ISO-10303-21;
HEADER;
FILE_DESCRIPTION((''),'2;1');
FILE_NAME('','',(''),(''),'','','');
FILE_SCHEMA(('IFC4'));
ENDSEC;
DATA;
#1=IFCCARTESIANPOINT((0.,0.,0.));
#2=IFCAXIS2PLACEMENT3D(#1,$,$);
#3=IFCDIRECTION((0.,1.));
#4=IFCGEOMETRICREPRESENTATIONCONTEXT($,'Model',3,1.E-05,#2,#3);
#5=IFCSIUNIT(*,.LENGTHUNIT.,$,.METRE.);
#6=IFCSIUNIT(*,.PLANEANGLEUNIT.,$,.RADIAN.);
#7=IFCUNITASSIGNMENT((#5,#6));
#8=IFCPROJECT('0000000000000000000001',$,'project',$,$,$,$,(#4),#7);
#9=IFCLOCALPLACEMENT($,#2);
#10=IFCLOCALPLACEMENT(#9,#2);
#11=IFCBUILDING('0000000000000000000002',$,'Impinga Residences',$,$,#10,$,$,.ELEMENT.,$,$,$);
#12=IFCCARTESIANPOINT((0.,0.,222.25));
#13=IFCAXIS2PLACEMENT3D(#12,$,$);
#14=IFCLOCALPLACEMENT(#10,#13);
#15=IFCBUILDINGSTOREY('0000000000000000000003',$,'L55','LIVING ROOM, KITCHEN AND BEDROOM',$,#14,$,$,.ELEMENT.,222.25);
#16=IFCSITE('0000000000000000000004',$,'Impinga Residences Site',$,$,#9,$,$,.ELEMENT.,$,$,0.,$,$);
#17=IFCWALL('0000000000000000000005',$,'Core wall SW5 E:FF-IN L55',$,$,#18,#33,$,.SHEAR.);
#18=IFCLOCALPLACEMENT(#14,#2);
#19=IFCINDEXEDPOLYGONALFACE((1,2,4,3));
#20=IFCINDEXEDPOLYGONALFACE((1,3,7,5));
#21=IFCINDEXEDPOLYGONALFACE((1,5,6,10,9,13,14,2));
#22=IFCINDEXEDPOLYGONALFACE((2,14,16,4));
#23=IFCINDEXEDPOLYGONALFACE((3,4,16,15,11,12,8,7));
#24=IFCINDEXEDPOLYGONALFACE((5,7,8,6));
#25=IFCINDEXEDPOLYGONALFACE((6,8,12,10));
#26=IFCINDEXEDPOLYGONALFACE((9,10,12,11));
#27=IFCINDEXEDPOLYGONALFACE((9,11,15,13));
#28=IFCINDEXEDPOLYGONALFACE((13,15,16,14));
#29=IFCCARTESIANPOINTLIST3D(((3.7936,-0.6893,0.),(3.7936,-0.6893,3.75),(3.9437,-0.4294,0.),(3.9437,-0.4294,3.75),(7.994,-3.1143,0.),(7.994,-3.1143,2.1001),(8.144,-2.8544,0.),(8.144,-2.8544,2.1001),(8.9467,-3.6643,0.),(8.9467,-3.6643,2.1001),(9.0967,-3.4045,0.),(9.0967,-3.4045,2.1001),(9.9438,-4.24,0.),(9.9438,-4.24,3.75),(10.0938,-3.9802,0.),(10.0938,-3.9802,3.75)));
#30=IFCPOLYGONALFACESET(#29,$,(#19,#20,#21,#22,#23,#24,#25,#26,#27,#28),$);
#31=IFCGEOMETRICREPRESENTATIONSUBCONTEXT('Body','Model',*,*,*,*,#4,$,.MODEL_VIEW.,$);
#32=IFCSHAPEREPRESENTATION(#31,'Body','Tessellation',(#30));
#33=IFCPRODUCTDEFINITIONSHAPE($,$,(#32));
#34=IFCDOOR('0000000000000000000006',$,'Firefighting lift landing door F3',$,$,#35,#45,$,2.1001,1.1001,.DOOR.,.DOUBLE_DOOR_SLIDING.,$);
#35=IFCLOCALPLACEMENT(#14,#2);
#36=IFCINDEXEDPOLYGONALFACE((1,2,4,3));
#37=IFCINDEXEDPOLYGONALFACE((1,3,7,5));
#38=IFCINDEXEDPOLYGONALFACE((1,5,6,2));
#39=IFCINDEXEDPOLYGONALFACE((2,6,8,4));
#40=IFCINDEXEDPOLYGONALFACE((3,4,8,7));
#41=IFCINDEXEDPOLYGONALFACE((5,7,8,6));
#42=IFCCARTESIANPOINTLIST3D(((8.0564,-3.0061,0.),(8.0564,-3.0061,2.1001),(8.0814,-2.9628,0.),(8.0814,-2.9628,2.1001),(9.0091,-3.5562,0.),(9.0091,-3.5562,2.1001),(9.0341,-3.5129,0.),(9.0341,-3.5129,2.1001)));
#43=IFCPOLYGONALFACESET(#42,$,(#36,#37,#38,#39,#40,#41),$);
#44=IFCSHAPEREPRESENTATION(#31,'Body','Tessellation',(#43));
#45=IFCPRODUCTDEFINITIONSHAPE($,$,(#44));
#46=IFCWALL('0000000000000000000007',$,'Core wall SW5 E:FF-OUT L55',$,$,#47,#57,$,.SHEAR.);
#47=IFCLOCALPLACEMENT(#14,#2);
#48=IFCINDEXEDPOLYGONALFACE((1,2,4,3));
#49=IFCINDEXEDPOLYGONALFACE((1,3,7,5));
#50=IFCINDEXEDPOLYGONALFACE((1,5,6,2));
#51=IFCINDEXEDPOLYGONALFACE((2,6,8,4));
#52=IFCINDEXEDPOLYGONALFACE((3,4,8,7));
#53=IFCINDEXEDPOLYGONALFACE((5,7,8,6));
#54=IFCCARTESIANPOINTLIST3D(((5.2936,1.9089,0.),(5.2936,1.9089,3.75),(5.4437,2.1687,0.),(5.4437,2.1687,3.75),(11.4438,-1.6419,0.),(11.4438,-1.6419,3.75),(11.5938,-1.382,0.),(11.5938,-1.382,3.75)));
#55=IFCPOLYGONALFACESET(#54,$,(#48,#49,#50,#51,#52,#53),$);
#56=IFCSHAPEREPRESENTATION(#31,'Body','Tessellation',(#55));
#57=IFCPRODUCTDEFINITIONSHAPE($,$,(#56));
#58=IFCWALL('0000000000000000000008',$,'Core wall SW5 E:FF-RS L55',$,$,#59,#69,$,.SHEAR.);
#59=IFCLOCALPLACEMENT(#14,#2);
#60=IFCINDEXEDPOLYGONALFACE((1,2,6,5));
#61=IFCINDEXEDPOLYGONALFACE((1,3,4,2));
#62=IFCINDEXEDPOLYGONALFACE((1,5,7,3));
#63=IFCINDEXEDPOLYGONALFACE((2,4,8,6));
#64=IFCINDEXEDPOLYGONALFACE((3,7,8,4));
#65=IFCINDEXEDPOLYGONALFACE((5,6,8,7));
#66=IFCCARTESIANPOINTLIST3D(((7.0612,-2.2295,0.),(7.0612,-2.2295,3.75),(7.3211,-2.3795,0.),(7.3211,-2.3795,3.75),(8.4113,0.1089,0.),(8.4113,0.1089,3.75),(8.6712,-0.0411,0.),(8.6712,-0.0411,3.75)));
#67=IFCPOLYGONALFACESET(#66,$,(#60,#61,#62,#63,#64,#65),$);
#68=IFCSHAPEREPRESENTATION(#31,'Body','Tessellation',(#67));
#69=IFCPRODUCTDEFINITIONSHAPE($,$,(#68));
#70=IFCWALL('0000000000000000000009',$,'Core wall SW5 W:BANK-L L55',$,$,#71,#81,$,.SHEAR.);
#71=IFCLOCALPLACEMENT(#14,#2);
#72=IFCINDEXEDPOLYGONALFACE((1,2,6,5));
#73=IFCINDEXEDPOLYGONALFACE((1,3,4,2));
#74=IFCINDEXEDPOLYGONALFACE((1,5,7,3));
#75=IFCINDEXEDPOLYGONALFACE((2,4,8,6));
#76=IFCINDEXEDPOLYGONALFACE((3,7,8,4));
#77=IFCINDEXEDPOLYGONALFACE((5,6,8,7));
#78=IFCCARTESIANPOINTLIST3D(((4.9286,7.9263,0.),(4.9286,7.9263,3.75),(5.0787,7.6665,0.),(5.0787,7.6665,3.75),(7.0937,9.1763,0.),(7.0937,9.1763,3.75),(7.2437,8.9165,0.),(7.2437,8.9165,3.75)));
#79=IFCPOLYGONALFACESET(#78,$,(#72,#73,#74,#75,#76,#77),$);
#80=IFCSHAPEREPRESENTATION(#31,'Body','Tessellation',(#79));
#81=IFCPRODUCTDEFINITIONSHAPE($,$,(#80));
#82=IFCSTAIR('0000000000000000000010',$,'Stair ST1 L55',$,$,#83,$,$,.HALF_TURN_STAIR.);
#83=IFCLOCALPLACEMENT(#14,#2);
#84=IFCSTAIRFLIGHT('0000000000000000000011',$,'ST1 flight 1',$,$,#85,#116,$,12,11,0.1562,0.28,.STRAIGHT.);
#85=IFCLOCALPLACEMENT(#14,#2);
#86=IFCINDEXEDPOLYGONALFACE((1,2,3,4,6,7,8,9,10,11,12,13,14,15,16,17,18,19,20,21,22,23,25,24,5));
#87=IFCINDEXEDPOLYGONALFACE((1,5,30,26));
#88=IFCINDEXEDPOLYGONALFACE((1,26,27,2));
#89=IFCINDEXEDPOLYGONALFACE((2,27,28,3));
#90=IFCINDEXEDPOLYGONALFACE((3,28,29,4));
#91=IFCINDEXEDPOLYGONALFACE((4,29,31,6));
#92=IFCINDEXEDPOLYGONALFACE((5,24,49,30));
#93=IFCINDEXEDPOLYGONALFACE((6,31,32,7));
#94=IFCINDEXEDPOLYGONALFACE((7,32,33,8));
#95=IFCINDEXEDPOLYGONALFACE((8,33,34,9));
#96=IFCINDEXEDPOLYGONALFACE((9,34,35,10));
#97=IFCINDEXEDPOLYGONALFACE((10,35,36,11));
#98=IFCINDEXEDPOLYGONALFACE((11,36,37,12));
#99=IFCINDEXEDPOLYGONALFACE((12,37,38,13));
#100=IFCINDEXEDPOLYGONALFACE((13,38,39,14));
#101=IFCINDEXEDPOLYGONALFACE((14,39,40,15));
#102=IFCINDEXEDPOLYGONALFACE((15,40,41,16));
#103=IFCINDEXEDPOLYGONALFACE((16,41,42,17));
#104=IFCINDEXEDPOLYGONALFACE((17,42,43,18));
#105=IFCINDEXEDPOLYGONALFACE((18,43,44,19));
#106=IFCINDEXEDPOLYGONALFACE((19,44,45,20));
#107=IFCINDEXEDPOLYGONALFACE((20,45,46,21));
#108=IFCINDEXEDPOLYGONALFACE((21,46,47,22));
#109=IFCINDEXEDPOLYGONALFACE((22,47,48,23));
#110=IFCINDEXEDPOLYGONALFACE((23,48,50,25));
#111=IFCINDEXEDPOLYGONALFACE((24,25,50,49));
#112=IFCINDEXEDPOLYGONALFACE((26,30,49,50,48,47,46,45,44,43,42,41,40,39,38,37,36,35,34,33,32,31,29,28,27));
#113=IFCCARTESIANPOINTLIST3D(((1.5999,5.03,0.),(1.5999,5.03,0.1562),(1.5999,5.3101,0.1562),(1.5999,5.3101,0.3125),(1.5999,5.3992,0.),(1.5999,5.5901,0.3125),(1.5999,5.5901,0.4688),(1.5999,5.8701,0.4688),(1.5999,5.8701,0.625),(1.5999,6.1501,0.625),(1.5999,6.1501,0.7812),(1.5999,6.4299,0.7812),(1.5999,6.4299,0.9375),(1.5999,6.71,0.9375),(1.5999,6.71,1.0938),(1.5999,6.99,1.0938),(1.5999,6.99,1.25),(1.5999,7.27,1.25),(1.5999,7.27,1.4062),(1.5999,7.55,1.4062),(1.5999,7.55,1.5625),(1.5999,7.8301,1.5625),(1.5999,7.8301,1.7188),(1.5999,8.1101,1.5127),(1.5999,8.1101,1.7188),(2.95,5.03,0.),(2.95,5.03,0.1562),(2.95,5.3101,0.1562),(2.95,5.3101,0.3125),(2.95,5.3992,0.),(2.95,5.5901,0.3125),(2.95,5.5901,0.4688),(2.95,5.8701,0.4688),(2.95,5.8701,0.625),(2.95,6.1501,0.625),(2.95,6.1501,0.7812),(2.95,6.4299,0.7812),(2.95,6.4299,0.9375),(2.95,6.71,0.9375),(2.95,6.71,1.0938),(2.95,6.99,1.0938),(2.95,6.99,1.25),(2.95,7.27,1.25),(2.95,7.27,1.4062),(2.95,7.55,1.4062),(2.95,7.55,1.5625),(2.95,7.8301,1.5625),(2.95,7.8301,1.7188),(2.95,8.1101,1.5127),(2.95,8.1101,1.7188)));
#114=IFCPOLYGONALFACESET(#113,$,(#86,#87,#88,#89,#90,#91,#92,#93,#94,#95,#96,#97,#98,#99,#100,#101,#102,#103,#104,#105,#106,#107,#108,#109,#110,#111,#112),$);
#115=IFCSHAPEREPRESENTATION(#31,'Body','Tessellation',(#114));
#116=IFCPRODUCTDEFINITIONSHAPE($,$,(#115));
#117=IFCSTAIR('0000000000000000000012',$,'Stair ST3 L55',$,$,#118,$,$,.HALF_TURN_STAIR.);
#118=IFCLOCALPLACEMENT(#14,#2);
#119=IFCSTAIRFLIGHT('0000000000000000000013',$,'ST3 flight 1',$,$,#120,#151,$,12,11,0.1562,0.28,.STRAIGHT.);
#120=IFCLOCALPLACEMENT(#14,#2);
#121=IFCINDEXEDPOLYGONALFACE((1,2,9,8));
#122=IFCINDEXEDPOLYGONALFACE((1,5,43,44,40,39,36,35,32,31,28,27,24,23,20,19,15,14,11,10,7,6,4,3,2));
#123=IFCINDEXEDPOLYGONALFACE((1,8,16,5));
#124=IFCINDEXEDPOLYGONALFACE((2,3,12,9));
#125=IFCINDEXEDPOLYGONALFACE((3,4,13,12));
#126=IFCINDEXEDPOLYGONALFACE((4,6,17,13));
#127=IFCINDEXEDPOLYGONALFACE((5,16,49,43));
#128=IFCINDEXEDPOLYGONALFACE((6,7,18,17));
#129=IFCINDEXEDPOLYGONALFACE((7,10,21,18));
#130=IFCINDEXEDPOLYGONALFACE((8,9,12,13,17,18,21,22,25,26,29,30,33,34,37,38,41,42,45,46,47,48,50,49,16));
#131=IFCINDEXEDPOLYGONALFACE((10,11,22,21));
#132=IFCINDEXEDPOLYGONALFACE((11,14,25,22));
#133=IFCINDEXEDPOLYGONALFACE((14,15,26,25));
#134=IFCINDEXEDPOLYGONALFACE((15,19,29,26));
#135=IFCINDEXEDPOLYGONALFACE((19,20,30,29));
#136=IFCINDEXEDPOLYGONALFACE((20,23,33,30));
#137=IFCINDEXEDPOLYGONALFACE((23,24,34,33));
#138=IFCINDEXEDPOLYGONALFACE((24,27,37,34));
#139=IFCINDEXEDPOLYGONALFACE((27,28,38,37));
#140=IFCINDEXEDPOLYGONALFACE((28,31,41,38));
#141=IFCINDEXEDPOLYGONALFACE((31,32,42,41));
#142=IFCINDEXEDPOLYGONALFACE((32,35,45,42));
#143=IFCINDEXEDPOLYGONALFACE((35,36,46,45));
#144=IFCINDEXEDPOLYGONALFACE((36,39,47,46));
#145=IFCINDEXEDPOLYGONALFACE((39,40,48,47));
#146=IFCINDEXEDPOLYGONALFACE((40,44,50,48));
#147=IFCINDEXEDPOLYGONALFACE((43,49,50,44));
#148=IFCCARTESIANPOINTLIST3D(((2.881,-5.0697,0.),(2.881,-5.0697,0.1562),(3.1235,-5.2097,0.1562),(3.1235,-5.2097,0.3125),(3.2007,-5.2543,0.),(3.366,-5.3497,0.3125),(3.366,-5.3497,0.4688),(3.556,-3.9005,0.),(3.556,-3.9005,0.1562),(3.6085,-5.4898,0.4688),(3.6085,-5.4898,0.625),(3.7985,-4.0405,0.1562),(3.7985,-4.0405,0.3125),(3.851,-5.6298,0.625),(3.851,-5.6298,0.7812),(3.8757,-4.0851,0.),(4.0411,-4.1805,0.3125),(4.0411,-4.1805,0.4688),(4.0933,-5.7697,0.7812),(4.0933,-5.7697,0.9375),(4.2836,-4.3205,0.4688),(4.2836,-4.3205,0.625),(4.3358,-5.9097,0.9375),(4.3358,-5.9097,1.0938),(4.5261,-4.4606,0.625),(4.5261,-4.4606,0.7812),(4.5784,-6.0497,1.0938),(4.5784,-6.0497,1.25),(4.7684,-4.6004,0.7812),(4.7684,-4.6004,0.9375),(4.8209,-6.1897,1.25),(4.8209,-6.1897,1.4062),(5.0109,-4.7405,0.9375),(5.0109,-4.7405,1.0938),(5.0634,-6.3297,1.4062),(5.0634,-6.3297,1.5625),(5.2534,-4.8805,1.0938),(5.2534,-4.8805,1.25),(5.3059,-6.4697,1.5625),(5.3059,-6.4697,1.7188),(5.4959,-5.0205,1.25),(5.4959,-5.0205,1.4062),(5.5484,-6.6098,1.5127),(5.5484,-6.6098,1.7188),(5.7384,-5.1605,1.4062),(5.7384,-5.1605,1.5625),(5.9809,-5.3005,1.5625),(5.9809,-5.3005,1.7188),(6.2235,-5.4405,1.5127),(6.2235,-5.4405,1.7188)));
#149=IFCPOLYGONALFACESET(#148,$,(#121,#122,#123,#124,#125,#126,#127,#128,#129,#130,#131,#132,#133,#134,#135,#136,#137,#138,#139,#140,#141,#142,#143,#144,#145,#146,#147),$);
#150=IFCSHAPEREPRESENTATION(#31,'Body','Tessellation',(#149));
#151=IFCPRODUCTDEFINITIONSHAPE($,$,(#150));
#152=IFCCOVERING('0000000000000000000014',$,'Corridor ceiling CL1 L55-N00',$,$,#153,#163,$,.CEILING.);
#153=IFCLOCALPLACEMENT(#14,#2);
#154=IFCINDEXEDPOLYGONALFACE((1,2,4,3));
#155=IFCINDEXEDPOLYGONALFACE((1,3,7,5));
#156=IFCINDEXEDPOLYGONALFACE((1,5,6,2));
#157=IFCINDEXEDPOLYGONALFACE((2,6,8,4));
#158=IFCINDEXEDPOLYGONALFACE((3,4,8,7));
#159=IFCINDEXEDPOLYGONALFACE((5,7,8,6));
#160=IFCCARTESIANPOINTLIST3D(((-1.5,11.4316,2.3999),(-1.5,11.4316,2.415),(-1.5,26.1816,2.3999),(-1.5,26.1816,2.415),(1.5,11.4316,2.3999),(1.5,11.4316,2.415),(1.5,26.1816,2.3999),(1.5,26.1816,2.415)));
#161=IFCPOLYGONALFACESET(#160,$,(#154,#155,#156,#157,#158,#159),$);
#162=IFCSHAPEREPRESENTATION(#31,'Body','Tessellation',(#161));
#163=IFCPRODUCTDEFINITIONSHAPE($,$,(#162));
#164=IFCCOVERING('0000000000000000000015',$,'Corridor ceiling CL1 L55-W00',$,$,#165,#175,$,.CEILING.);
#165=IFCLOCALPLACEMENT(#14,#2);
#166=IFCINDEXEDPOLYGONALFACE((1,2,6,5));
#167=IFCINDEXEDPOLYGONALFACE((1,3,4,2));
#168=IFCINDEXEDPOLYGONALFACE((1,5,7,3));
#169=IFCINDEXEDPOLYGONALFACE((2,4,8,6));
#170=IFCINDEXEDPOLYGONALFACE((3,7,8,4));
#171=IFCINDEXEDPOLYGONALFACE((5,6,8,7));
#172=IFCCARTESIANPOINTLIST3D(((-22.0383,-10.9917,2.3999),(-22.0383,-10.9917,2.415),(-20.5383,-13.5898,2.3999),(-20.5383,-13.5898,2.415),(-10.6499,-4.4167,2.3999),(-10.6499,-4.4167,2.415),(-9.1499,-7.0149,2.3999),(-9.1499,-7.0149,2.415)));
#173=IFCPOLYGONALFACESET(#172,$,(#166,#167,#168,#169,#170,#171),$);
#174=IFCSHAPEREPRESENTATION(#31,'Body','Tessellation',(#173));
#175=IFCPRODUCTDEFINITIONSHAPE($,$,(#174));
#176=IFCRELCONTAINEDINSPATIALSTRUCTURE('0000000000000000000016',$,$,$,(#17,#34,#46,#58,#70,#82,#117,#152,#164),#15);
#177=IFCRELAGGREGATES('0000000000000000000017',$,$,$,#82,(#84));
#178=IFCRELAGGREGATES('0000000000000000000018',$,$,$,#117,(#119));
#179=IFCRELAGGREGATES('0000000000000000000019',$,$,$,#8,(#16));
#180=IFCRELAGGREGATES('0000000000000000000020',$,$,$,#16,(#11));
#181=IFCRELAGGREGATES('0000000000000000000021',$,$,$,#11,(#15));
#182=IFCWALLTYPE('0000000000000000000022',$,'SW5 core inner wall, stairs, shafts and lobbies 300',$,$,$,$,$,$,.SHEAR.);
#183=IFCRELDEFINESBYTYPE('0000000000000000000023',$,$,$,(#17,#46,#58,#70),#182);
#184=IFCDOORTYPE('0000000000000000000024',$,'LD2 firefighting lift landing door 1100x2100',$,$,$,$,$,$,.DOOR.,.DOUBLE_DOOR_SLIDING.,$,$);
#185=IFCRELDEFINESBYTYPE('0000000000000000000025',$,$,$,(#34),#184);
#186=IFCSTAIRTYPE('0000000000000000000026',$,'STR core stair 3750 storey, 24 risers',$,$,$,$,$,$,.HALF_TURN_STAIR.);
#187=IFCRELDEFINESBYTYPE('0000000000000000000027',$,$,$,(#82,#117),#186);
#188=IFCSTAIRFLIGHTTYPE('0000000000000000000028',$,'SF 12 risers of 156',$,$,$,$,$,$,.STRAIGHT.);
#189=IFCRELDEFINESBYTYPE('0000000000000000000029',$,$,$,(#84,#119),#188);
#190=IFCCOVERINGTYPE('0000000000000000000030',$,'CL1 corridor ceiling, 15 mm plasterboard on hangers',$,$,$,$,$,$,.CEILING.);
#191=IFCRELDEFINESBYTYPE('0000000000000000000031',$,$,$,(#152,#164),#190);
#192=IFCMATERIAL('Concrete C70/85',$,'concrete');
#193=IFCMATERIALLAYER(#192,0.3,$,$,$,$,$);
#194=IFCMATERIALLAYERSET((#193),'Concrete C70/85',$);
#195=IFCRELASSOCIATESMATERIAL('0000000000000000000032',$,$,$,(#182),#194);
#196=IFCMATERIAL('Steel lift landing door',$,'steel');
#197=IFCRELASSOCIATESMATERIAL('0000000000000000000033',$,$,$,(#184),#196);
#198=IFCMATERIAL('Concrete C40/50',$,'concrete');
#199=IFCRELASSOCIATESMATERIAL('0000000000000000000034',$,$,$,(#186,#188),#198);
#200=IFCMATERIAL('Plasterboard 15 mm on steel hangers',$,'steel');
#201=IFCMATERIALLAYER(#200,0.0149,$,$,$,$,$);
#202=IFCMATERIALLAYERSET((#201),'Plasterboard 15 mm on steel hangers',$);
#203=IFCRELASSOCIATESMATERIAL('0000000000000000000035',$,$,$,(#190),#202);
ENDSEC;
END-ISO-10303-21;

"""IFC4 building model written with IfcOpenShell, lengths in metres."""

from ifc_helpers import new_model, si_unit, direction, frame, frame_2d, origin, place, context, subcontext, project, spatial, polyline, rectangle, outline, extrude, material, layer, layer_set, type_object, element, fill, aggregate, save


model = new_model("IFC4")

# Units and contexts
model_context = context("Model", 3, precision=1e-05, world=origin(), true_north=direction((0.0, 1.0)))
body_context = subcontext(model_context, "Body", "Model", "MODEL_VIEW")
ifc_project = project(units=[si_unit("LENGTHUNIT", "METRE"), si_unit("PLANEANGLEUNIT", "RADIAN")], contexts=[model_context])

# Site, building, storey
site_placement = place(None, origin())
site = spatial("IfcSite", under=ifc_project, at=site_placement, Name="Impinga Residences Site", CompositionType="ELEMENT", RefElevation=0.0)
building_placement = place(site_placement, origin())
building = spatial("IfcBuilding", under=site, at=building_placement, Name="Impinga Residences", CompositionType="ELEMENT")
storey_placement = place(building_placement, frame((0.0, 0.0, 222.25)))
storey = spatial("IfcBuildingStorey", under=building, at=storey_placement, Name="L55", Description="LIVING ROOM, KITCHEN AND BEDROOM", CompositionType="ELEMENT", Elevation=222.25)

# Shared definitions
ifc_material_1 = material(Name="Concrete C70/85", Category="concrete")
ifc_layer_1 = layer(ifc_material_1, 0.3)
ifc_layer_set_1 = layer_set([ifc_layer_1], Name="Concrete C70/85")
wall_type_1 = type_object("IfcWallType", Name="SW5 core inner wall, stairs, shafts and lobbies 300", PredefinedType="SHEAR", material=ifc_layer_set_1)

# Wall, opening, door
wall_1_placement = place(storey_placement, frame((3.8687, -0.5593, 0.0), z_axis=(0.0, 0.0, 1.0), x_axis=(0.866026, -0.499999, 0.0)))
wall_1 = element("IfcWall", 1, at=wall_1_placement, inside=storey, type_object=wall_type_1, Name="Core wall SW5 E:FF-IN L55", PredefinedType="SHEAR", context=body_context, shape_type="SweptSolid", body=[
    extrude(rectangle(XDim=7.1016, YDim=0.3, at=frame_2d((3.5508, 0.0))), origin(), (0.0, 0.0, 1.0), 3.75),
])
opening_1_placement = place(wall_1_placement, frame((4.8501, 0.0, 0.0)))
opening_1 = element("IfcOpeningElement", 2, at=opening_1_placement, cuts=wall_1, PredefinedType="OPENING", context=body_context, shape_type="SweptSolid", body=[
    extrude(rectangle(XDim=1.1001, YDim=2.1001, at=frame_2d((0.55, 1.05))), frame((0.0, 0.1599, 0.0), z_axis=(0.0, -1.0, 0.0), x_axis=(1.0, 0.0, 0.0)), (0.0, 0.0, 1.0), 0.3201),
])
ifc_material_2 = material(Name="Steel lift landing door", Category="steel")
door_type_1 = type_object("IfcDoorType", Name="LD2 firefighting lift landing door 1100x2100", OperationType="DOUBLE_DOOR_SLIDING", PredefinedType="DOOR", material=ifc_material_2)
door_1_placement = place(opening_1_placement, origin())
door_1 = element("IfcDoor", 3, at=door_1_placement, inside=storey, type_object=door_type_1, Name="Firefighting lift landing door F3", OperationType="DOUBLE_DOOR_SLIDING", OverallHeight=2.1001, OverallWidth=1.1001, PredefinedType="DOOR", context=body_context, shape_type="SweptSolid", body=[
    extrude(rectangle(XDim=1.1001, YDim=2.1001, at=frame_2d((0.55, 1.05))), frame((0.0, 0.0249, 0.0), z_axis=(0.0, -1.0, 0.0), x_axis=(1.0, 0.0, 0.0)), (0.0, 0.0, 1.0), 0.05),
])
fill(opening_1, door_1)

# Walls
wall_2_placement = place(storey_placement, frame((5.3687, 2.0388, 0.0), z_axis=(0.0, 0.0, 1.0), x_axis=(0.866026, -0.499999, 0.0)))
element("IfcWall", 4, at=wall_2_placement, inside=storey, type_object=wall_type_1, Name="Core wall SW5 E:FF-OUT L55", PredefinedType="SHEAR", context=body_context, shape_type="SweptSolid", body=[
    extrude(rectangle(XDim=7.1016, YDim=0.3, at=frame_2d((3.5508, 0.0))), origin(), (0.0, 0.0, 1.0), 3.75),
])
wall_3_placement = place(storey_placement, frame((8.5413, 0.0339, 0.0), z_axis=(0.0, 0.0, 1.0), x_axis=(-0.500009, -0.86602, 0.0)))
element("IfcWall", 5, at=wall_3_placement, inside=storey, type_object=wall_type_1, Name="Core wall SW5 E:FF-RS L55", PredefinedType="SHEAR", context=body_context, shape_type="SweptSolid", body=[
    extrude(rectangle(XDim=2.7002, YDim=0.3, at=frame_2d((1.3501, 0.0))), origin(), (0.0, 0.0, 1.0), 3.75),
])
wall_4_placement = place(storey_placement, frame((5.0037, 7.7964, 0.0), z_axis=(0.0, 0.0, 1.0), x_axis=(0.866023, 0.500004, 0.0)))
element("IfcWall", 6, at=wall_4_placement, inside=storey, type_object=wall_type_1, Name="Core wall SW5 W:BANK-L L55", PredefinedType="SHEAR", context=body_context, shape_type="SweptSolid", body=[
    extrude(rectangle(XDim=2.5, YDim=0.3, at=frame_2d((1.25, 0.0))), origin(), (0.0, 0.0, 1.0), 3.75),
])

# Stairs, stair flights
ifc_material_3 = material(Name="Concrete C40/50", Category="concrete")
stair_type = type_object("IfcStairType", Name="STR core stair 3750 storey, 24 risers", PredefinedType="HALF_TURN_STAIR", material=ifc_material_3)
stair_1_placement = place(storey_placement, origin())
stair_1 = element("IfcStair", 7, at=stair_1_placement, inside=storey, type_object=stair_type, Name="Stair ST1 L55", PredefinedType="HALF_TURN_STAIR")
stair_flight_type = type_object("IfcStairFlightType", Name="SF 12 risers of 156", PredefinedType="STRAIGHT", material=ifc_material_3)
stair_flight_1_placement = place(storey_placement, frame((2.2749, 5.03, 0.0), z_axis=(0.0, 0.0, 1.0), x_axis=(0.0, 1.0, 0.0)))
stair_flight_1 = element("IfcStairFlight", 8, at=stair_flight_1_placement, type_object=stair_flight_type, Name="ST1 flight 1", NumberOfRisers=12, NumberOfTreads=11, PredefinedType="STRAIGHT", RiserHeight=0.1562, TreadLength=0.28, context=body_context, shape_type="SweptSolid", body=[
    extrude(outline(polyline([(0.0, 0.0), (0.0, 0.1562), (0.28, 0.1562), (0.28, 0.3125), (0.5601, 0.3125), (0.5601, 0.4688), (0.8401, 0.4688), (0.8401, 0.625), (1.1201, 0.625), (1.1201, 0.7812), (1.3999, 0.7812), (1.3999, 0.9375), (1.6799, 0.9375), (1.6799, 1.0938), (1.96, 1.0938), (1.96, 1.25), (2.24, 1.25), (2.24, 1.4062), (2.52, 1.4062), (2.52, 1.5625), (2.8, 1.5625), (2.8, 1.7188), (3.0801, 1.7188), (3.0801, 1.875), (3.0801, 1.5127), (0.3691, 0.0), (0.0, 0.0)])), frame((0.0, 0.675, 0.0), z_axis=(0.0, -1.0, 0.0), x_axis=(1.0, 0.0, 0.0)), (0.0, 0.0, 1.0), 1.3501),
])
aggregate(stair_1, [stair_flight_1])
stair_2_placement = place(storey_placement, origin())
stair_2 = element("IfcStair", 9, at=stair_2_placement, inside=storey, type_object=stair_type, Name="Stair ST3 L55", PredefinedType="HALF_TURN_STAIR")
stair_flight_2_placement = place(storey_placement, frame((3.2185, -4.4851, 0.0), z_axis=(0.0, 0.0, 1.0), x_axis=(0.866025, -0.5, 0.0)))
stair_flight_2 = element("IfcStairFlight", 10, at=stair_flight_2_placement, type_object=stair_flight_type, Name="ST3 flight 1", NumberOfRisers=12, NumberOfTreads=11, PredefinedType="STRAIGHT", RiserHeight=0.1562, TreadLength=0.28, context=body_context, shape_type="SweptSolid", body=[
    extrude(outline(polyline([(0.0, 0.0), (0.0, 0.1562), (0.28, 0.1562), (0.28, 0.3125), (0.5601, 0.3125), (0.5601, 0.4688), (0.8401, 0.4688), (0.8401, 0.625), (1.1201, 0.625), (1.1201, 0.7812), (1.3999, 0.7812), (1.3999, 0.9375), (1.6799, 0.9375), (1.6799, 1.0938), (1.96, 1.0938), (1.96, 1.25), (2.24, 1.25), (2.24, 1.4062), (2.52, 1.4062), (2.52, 1.5625), (2.8, 1.5625), (2.8, 1.7188), (3.0801, 1.7188), (3.0801, 1.875), (3.0801, 1.5127), (0.3691, 0.0), (0.0, 0.0)])), frame((0.0, 0.675, 0.0), z_axis=(0.0, -1.0, 0.0), x_axis=(1.0, 0.0, 0.0)), (0.0, 0.0, 1.0), 1.3501),
])
aggregate(stair_2, [stair_flight_2])

# Coverings
ifc_material_4 = material(Name="Plasterboard 15 mm on steel hangers", Category="steel")
ifc_layer_2 = layer(ifc_material_4, 0.0149)
ifc_layer_set_2 = layer_set([ifc_layer_2], Name="Plasterboard 15 mm on steel hangers")
covering_type_1 = type_object("IfcCoveringType", Name="CL1 corridor ceiling, 15 mm plasterboard on hangers", PredefinedType="CEILING", material=ifc_layer_set_2)
covering_1_placement = place(storey_placement, frame((0.0, 0.0, 2.3999)))
element("IfcCovering", 11, at=covering_1_placement, inside=storey, type_object=covering_type_1, Name="Corridor ceiling CL1 L55-N00", PredefinedType="CEILING", context=body_context, shape_type="SweptSolid", body=[
    extrude(outline(polyline([(-1.5, 11.4316), (1.5, 11.4316), (1.5, 26.1816), (-1.5, 26.1816), (-1.5, 11.4316)])), origin(), (0.0, 0.0, 1.0), 0.0151),
])
covering_2_placement = place(storey_placement, frame((0.0, 0.0, 2.3999)))
element("IfcCovering", 12, at=covering_2_placement, inside=storey, type_object=covering_type_1, Name="Corridor ceiling CL1 L55-W00", PredefinedType="CEILING", context=body_context, shape_type="SweptSolid", body=[
    extrude(outline(polyline([(-9.1499, -7.0149), (-10.6499, -4.4167), (-22.0383, -10.9917), (-20.5383, -13.5898), (-9.1499, -7.0149)])), origin(), (0.0, 0.0, 1.0), 0.0151),
])

save(model, "model.ifc")
